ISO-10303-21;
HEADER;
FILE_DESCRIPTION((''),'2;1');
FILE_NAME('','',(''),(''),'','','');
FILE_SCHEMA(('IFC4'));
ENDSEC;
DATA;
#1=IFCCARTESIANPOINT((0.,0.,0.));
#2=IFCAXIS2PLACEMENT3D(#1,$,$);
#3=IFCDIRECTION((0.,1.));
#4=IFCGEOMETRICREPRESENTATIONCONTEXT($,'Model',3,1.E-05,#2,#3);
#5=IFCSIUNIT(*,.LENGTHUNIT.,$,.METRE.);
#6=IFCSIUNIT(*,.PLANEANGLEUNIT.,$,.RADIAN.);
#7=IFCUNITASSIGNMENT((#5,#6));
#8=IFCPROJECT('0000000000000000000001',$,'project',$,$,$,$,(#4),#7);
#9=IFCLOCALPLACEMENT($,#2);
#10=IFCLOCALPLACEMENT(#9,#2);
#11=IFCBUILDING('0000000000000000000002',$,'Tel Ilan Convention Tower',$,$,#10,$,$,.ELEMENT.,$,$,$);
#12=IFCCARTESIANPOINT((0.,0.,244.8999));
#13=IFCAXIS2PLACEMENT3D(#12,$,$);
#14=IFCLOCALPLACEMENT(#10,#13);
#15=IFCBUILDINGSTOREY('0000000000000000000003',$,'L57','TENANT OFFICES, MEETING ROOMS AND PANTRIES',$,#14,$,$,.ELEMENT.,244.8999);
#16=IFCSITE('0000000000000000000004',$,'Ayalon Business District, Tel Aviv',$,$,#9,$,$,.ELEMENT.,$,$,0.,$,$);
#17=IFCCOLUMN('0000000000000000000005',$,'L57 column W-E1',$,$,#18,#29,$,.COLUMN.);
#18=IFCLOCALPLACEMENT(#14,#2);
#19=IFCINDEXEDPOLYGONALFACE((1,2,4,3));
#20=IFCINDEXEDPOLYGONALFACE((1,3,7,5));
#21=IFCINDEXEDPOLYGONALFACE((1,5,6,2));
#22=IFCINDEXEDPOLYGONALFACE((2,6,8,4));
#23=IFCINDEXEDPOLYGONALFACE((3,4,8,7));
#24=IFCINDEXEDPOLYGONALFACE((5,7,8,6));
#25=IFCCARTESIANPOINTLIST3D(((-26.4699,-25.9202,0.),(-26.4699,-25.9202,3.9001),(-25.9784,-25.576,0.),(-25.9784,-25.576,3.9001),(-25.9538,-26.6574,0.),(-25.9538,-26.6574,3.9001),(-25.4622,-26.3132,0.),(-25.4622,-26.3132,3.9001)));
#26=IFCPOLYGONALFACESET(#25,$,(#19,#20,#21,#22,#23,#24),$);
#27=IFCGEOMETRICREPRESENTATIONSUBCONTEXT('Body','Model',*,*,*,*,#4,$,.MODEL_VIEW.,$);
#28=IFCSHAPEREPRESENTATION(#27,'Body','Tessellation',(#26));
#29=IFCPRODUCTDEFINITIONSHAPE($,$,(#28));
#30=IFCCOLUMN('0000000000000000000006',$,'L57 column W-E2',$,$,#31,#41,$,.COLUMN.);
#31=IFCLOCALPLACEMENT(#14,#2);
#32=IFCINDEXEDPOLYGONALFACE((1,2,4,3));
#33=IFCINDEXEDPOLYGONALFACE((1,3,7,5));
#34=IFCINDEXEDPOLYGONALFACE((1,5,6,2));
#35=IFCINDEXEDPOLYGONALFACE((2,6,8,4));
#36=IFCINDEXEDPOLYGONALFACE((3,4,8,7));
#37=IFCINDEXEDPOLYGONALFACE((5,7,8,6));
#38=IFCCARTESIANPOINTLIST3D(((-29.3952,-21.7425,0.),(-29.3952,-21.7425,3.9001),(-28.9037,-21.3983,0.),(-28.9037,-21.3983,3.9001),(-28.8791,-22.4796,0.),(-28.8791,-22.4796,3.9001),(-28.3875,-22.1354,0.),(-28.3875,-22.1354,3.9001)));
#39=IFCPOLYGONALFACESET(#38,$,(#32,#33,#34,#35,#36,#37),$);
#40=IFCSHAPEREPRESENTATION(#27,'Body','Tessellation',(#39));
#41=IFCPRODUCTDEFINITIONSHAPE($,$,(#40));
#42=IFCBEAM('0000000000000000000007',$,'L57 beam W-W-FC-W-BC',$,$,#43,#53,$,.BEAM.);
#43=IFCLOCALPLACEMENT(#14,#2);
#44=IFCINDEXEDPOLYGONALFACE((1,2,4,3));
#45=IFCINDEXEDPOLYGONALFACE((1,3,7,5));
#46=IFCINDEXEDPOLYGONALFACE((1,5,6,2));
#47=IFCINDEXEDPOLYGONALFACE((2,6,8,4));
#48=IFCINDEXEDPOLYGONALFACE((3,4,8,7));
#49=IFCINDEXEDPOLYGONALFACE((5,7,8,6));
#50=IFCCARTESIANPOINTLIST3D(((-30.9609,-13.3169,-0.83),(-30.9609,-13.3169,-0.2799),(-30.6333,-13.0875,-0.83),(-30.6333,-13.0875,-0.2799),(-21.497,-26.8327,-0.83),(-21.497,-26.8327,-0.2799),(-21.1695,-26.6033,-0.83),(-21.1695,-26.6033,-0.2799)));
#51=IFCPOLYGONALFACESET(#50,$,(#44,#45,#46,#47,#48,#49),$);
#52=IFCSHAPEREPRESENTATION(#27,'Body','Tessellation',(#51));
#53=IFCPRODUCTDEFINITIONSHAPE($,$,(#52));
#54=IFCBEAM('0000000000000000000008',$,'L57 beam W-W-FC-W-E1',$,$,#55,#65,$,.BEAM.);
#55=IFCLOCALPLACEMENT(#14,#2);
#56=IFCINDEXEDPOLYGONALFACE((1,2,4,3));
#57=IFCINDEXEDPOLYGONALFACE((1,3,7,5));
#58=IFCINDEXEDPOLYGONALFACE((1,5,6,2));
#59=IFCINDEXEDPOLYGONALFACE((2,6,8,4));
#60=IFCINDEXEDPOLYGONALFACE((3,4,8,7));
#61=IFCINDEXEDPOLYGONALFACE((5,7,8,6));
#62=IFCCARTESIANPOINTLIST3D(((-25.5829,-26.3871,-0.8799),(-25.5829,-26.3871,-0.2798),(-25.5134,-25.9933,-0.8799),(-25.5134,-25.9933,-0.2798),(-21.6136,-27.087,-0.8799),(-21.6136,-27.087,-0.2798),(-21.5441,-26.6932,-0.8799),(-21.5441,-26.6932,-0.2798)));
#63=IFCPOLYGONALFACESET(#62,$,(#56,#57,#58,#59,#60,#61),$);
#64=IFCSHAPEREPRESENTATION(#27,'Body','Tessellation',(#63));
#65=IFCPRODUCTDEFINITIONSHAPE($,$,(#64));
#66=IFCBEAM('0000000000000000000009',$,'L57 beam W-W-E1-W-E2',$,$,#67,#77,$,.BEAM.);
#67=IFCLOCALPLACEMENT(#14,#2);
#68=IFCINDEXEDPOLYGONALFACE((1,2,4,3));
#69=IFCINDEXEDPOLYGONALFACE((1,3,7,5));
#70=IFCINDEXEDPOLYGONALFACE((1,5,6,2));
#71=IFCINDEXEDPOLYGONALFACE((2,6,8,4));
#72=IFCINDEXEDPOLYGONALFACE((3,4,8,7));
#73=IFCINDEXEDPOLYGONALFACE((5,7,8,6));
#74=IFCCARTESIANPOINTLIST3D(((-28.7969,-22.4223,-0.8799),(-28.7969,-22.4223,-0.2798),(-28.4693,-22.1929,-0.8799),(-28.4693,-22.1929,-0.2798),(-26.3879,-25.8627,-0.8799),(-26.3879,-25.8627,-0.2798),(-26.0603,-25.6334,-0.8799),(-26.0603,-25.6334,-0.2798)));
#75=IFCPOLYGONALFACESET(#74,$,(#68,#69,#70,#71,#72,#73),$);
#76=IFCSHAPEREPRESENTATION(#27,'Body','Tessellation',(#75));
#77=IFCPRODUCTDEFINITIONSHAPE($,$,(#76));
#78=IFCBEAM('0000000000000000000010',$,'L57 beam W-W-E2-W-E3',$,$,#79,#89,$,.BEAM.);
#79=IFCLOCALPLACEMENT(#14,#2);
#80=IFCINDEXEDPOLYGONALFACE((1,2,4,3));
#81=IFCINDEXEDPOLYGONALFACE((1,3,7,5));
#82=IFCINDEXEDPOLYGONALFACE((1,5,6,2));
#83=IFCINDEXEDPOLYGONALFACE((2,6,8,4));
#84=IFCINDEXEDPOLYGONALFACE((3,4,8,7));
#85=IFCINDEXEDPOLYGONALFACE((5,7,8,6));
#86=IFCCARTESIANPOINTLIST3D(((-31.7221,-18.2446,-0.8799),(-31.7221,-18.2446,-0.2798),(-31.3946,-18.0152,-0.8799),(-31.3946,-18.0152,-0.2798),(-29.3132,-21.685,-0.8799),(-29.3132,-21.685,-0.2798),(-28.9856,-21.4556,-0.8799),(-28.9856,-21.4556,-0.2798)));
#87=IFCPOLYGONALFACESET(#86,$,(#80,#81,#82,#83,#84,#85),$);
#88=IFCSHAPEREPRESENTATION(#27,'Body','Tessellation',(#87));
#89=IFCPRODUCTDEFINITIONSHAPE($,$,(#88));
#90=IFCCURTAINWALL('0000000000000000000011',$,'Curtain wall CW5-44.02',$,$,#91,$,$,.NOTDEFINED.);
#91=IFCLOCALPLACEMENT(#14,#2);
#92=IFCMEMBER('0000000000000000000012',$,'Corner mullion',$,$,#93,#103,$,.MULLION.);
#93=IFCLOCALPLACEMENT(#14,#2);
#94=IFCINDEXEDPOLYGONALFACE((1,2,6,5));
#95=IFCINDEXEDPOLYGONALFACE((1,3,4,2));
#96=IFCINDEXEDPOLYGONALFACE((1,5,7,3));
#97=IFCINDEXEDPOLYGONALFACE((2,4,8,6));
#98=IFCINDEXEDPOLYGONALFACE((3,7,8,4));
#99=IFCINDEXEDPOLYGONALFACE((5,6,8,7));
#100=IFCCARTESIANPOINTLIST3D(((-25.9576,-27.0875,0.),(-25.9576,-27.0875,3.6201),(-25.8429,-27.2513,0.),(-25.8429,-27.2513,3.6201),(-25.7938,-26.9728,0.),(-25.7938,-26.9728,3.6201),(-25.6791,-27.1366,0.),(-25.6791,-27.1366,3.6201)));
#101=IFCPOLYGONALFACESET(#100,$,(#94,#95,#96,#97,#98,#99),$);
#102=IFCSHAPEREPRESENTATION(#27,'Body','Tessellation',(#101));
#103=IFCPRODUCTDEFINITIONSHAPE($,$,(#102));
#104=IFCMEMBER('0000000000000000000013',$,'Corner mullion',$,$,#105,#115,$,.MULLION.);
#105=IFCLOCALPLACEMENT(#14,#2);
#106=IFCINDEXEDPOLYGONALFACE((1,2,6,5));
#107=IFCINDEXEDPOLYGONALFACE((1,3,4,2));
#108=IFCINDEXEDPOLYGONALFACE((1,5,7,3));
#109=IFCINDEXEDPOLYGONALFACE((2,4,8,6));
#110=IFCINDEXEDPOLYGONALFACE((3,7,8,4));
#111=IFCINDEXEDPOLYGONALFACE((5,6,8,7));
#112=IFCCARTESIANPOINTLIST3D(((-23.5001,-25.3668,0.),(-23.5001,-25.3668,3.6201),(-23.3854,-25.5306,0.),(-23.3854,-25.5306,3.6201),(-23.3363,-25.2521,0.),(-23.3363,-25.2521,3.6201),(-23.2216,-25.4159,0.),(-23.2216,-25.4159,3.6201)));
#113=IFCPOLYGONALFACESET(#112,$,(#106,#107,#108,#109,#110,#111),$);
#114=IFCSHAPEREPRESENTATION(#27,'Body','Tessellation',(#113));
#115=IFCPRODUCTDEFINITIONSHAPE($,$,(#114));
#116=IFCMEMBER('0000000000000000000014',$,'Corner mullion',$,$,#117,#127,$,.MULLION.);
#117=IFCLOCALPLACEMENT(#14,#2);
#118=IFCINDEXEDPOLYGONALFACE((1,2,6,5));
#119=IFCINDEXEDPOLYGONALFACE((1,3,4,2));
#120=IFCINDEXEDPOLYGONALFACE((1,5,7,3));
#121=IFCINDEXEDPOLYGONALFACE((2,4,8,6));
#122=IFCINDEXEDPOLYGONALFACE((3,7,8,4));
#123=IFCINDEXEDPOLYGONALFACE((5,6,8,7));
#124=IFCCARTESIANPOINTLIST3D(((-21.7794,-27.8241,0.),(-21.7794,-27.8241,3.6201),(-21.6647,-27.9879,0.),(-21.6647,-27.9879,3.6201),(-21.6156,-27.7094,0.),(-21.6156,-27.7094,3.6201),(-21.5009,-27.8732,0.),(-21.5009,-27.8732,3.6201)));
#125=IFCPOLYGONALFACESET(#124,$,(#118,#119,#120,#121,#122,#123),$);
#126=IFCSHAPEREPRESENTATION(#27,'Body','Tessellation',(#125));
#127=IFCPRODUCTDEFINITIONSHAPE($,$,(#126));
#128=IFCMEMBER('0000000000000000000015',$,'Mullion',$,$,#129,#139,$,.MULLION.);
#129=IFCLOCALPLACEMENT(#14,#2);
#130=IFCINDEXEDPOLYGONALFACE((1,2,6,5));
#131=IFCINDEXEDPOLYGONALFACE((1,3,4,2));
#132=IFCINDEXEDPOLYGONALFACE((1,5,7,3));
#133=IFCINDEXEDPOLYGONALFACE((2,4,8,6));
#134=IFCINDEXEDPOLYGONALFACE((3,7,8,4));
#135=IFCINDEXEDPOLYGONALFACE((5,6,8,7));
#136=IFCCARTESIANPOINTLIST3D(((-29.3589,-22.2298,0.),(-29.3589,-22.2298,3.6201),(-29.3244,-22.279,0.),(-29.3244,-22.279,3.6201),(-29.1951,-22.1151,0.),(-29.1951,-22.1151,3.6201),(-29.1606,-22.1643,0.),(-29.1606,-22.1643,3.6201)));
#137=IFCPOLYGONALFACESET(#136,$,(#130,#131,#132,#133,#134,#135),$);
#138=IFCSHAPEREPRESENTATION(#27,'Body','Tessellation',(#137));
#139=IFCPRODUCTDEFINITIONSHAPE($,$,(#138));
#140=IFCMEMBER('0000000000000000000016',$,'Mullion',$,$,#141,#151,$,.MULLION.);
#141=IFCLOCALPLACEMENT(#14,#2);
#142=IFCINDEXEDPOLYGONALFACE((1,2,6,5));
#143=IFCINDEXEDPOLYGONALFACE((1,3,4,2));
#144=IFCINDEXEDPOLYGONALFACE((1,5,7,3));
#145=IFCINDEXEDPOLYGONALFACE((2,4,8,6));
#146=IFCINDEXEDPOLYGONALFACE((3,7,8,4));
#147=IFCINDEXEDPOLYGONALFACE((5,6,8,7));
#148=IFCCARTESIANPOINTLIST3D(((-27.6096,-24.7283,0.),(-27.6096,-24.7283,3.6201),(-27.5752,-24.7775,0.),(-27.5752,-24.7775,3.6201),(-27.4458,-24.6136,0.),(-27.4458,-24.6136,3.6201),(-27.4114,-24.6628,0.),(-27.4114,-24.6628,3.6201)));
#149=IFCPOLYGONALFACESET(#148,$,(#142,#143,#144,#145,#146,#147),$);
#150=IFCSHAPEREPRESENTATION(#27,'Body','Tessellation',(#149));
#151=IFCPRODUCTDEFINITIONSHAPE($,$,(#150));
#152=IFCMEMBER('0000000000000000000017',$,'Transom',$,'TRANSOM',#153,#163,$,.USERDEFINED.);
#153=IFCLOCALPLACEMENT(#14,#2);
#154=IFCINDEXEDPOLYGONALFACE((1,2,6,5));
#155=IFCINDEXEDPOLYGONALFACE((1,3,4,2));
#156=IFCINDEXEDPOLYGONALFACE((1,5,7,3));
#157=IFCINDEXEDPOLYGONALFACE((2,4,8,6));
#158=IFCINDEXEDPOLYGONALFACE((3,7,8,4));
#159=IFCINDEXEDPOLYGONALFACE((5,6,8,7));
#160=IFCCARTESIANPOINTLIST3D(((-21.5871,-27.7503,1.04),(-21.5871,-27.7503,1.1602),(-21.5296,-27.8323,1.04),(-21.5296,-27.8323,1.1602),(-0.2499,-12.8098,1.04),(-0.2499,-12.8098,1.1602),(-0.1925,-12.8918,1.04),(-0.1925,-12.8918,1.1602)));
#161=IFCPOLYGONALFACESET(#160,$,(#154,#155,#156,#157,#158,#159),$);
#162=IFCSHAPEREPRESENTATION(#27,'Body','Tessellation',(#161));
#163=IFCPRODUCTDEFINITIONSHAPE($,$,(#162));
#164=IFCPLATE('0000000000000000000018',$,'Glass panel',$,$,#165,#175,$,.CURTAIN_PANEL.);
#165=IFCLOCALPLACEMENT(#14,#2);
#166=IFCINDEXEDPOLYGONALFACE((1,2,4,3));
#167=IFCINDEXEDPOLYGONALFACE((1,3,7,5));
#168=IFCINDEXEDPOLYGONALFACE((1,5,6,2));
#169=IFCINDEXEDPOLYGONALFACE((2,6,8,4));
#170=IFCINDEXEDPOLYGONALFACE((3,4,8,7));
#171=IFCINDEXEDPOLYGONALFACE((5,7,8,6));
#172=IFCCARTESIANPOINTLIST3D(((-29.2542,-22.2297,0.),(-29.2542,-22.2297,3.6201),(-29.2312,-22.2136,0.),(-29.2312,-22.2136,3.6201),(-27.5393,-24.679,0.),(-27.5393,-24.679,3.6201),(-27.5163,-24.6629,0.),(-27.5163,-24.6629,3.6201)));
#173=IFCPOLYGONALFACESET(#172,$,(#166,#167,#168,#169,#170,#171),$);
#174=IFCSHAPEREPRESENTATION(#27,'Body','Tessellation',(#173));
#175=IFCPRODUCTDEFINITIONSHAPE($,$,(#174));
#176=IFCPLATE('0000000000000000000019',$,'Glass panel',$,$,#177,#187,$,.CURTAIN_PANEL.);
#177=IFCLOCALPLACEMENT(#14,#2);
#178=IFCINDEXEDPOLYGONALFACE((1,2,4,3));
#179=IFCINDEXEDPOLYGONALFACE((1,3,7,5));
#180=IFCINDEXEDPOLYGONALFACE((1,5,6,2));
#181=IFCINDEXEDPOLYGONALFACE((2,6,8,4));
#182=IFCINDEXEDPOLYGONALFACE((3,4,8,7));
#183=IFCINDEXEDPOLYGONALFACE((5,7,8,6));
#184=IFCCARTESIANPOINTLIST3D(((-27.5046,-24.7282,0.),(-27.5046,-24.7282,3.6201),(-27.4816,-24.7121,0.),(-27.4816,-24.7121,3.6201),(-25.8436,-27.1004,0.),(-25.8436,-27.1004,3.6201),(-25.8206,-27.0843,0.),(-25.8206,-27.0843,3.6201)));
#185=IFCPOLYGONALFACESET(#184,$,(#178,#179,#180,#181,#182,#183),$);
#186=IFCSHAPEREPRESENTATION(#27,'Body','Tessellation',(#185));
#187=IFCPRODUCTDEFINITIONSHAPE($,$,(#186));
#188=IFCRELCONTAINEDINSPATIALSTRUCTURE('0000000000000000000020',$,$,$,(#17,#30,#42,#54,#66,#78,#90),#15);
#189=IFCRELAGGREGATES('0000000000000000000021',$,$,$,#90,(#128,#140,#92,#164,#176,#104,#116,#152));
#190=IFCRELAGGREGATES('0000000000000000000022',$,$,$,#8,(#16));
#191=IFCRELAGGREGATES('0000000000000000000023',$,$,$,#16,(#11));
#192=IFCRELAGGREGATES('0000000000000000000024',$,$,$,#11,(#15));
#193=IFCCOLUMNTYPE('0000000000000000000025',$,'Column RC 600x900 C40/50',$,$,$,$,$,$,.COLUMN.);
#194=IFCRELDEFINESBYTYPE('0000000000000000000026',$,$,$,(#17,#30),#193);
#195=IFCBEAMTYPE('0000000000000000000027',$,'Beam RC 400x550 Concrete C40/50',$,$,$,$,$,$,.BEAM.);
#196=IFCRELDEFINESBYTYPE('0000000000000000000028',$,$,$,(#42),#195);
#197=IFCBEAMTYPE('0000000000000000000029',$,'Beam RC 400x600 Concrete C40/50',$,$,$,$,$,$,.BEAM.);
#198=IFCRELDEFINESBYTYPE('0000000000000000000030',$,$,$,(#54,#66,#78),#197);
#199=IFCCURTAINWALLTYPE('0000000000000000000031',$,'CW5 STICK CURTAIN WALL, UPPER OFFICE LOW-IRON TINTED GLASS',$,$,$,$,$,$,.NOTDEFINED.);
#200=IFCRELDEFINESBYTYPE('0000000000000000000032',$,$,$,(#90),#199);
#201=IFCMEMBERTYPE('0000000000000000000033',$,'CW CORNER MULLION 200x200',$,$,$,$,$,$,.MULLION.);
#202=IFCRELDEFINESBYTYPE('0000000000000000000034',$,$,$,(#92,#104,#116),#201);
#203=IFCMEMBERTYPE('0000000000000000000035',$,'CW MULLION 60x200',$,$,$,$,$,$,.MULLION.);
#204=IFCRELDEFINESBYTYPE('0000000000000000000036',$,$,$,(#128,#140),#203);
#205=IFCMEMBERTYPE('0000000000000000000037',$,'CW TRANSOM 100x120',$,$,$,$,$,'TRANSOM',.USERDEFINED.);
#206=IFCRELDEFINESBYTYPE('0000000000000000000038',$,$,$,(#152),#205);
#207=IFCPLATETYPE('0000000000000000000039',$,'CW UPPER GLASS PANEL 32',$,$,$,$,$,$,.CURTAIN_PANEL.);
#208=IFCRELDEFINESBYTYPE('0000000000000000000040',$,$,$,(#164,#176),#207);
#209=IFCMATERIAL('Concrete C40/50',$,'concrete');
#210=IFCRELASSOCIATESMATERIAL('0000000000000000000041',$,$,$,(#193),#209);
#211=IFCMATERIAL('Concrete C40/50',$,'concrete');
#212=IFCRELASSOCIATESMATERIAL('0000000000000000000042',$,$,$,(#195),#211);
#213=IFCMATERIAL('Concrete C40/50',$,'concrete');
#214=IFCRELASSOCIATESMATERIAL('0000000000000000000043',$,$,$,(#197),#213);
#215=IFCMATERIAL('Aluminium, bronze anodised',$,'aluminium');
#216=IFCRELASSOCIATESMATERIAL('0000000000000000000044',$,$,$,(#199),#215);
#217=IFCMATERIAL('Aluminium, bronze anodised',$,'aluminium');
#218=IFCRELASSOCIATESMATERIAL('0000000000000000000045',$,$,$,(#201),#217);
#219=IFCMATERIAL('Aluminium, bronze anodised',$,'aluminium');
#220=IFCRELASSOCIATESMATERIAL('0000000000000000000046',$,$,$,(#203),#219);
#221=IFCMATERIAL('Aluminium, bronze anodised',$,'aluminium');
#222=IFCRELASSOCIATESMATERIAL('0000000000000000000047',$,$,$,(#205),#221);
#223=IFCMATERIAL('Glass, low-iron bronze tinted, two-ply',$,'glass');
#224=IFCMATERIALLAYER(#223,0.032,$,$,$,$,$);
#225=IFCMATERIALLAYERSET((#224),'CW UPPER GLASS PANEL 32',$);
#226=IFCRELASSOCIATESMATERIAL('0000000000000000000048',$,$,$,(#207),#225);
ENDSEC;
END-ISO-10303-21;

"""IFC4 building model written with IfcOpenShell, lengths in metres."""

from ifc_helpers import new_model, si_unit, direction, frame, origin, origin_2d, place, context, subcontext, project, spatial, rectangle, extrude, material, layer, layer_set, material_profile, profile_set, type_object, element, aggregate, save


model = new_model("IFC4")

# Units and contexts
model_context = context("Model", 3, precision=1e-05, world=origin(), true_north=direction((0.0, 1.0)))
body_context = subcontext(model_context, "Body", "Model", "MODEL_VIEW")
ifc_project = project(units=[si_unit("LENGTHUNIT", "METRE"), si_unit("PLANEANGLEUNIT", "RADIAN")], contexts=[model_context])

# Site, building, storey
site_placement = place(None, origin())
site = spatial("IfcSite", under=ifc_project, at=site_placement, Name="Ayalon Business District, Tel Aviv", CompositionType="ELEMENT", RefElevation=0.0)
building_placement = place(site_placement, origin())
building = spatial("IfcBuilding", under=site, at=building_placement, Name="Tel Ilan Convention Tower", CompositionType="ELEMENT")
storey_placement = place(building_placement, frame((0.0, 0.0, 244.8999)))
storey = spatial("IfcBuildingStorey", under=building, at=storey_placement, Name="L57", Description="TENANT OFFICES, MEETING ROOMS AND PANTRIES", CompositionType="ELEMENT", Elevation=244.8999)

# Columns
ifc_material_1 = material(Name="Concrete C40/50", Category="concrete")
ifc_material_profile_1 = material_profile(ifc_material_1, rectangle(XDim=0.8999, YDim=0.6001, at=origin_2d()), Name="RC 600x900")
ifc_profile_set_1 = profile_set([ifc_material_profile_1], Name="Concrete C40/50")
column_type = type_object("IfcColumnType", Name="Column RC 600x900 C40/50", PredefinedType="COLUMN", material=ifc_profile_set_1)
for number, where, z_axis, x_axis, name in (
    (1, (-25.9661, -26.1167, 0.0), (0.0, 0.0, 1.0), (-0.573576, 0.819152, 0.0), "L57 column W-E1"),
    (2, (-28.8914, -21.939, 0.0), (0.0, 0.0, 1.0), (-0.573576, 0.819152, 0.0), "L57 column W-E2"),
):
    element("IfcColumn", number, at=place(storey_placement, frame(where, z_axis=z_axis, x_axis=x_axis)), inside=storey, type_object=column_type, Name=name, PredefinedType="COLUMN", context=body_context, shape_type="SweptSolid", body=[
        extrude(rectangle(XDim=0.8999, YDim=0.6001, at=origin_2d()), origin(), (0.0, 0.0, 1.0), 3.9001),
    ])

# Beams
ifc_material_2 = material(Name="Concrete C40/50", Category="concrete")
ifc_material_profile_2 = material_profile(ifc_material_2, rectangle(XDim=0.3999, YDim=0.55, at=origin_2d()), Name="RC 400x550")
ifc_profile_set_2 = profile_set([ifc_material_profile_2], Name="Concrete C40/50")
beam_type_1 = type_object("IfcBeamType", Name="Beam RC 400x550 Concrete C40/50", PredefinedType="BEAM", material=ifc_profile_set_2)
beam_1_placement = place(storey_placement, frame((-21.3333, -26.718, -0.5549), z_axis=(-0.573575, 0.819153, 0.0), x_axis=(-0.819153, -0.573575, 0.0)))
element("IfcBeam", 3, at=beam_1_placement, inside=storey, type_object=beam_type_1, Name="L57 beam W-W-FC-W-BC", PredefinedType="BEAM", context=body_context, shape_type="SweptSolid", body=[
    extrude(rectangle(XDim=0.3999, YDim=0.55, at=origin_2d()), origin(), (0.0, 0.0, 1.0), 16.4998),
])
ifc_material_3 = material(Name="Concrete C40/50", Category="concrete")
ifc_material_profile_3 = material_profile(ifc_material_3, rectangle(XDim=0.3999, YDim=0.6001, at=origin_2d()), Name="RC 400x600")
ifc_profile_set_3 = profile_set([ifc_material_profile_3], Name="Concrete C40/50")
beam_type_2 = type_object("IfcBeamType", Name="Beam RC 400x600 Concrete C40/50", PredefinedType="BEAM", material=ifc_profile_set_3)
beam_2_placement = place(storey_placement, frame((-21.5789, -26.8901, -0.5798), z_axis=(-0.984805, 0.173664, 0.0), x_axis=(-0.173664, -0.984805, 0.0)))
element("IfcBeam", 4, at=beam_2_placement, inside=storey, type_object=beam_type_2, Name="L57 beam W-W-FC-W-E1", PredefinedType="BEAM", context=body_context, shape_type="SweptSolid", body=[
    extrude(rectangle(XDim=0.3999, YDim=0.6001, at=origin_2d()), origin(), (0.0, 0.0, 1.0), 4.0305),
])
for number, where, z_axis, x_axis, name in (
    (5, (-26.2241, -25.748, -0.5798), (-0.573564, 0.819161, 0.0), (-0.819161, -0.573564, 0.0), "L57 beam W-W-E1-W-E2"),
    (6, (-29.1494, -21.5703, -0.5798), (-0.573564, 0.819161, 0.0), (-0.819161, -0.573564, 0.0), "L57 beam W-W-E2-W-E3"),
):
    element("IfcBeam", number, at=place(storey_placement, frame(where, z_axis=z_axis, x_axis=x_axis)), inside=storey, type_object=beam_type_2, Name=name, PredefinedType="BEAM", context=body_context, shape_type="SweptSolid", body=[
        extrude(rectangle(XDim=0.3999, YDim=0.6001, at=origin_2d()), origin(), (0.0, 0.0, 1.0), 4.2),
    ])

# Curtain wall, members, plates
ifc_material_4 = material(Name="Aluminium, bronze anodised", Category="aluminium")
curtain_wall_type = type_object("IfcCurtainWallType", Name="CW5 STICK CURTAIN WALL, UPPER OFFICE LOW-IRON TINTED GLASS", PredefinedType="NOTDEFINED", material=ifc_material_4)
curtain_wall_placement = place(storey_placement, origin())
curtain_wall = element("IfcCurtainWall", 7, at=curtain_wall_placement, inside=storey, type_object=curtain_wall_type, Name="Curtain wall CW5-44.02", PredefinedType="NOTDEFINED")
ifc_material_5 = material(Name="Aluminium, bronze anodised", Category="aluminium")
ifc_material_profile_4 = material_profile(ifc_material_5, rectangle(XDim=0.2, YDim=0.2, at=origin_2d()), Name="CW CORNER MULLION 200x200")
ifc_profile_set_4 = profile_set([ifc_material_profile_4], Name="Aluminium, bronze anodised")
member_type_1 = type_object("IfcMemberType", Name="CW CORNER MULLION 200x200", PredefinedType="MULLION", material=ifc_profile_set_4)
member_1_placement = place(storey_placement, frame((-25.8184, -27.1121, 0.0), z_axis=(0.0, 0.0, 1.0), x_axis=(0.573576, -0.819152, 0.0)))
member_1 = element("IfcMember", 8, at=member_1_placement, type_object=member_type_1, Name="Corner mullion", PredefinedType="MULLION", context=body_context, shape_type="SweptSolid", body=[
    extrude(rectangle(XDim=0.2, YDim=0.2, at=origin_2d()), origin(), (0.0, 0.0, 1.0), 3.6201),
])
member_2_placement = place(storey_placement, frame((-23.3608, -25.3914, 0.0), z_axis=(0.0, 0.0, 1.0), x_axis=(0.819152, 0.573576, 0.0)))
member_2 = element("IfcMember", 9, at=member_2_placement, type_object=member_type_1, Name="Corner mullion", PredefinedType="MULLION", context=body_context, shape_type="SweptSolid", body=[
    extrude(rectangle(XDim=0.2, YDim=0.2, at=origin_2d()), origin(), (0.0, 0.0, 1.0), 3.6201),
])
member_3_placement = place(storey_placement, frame((-21.6401, -27.8486, 0.0), z_axis=(0.0, 0.0, 1.0), x_axis=(0.573576, -0.819152, 0.0)))
member_3 = element("IfcMember", 10, at=member_3_placement, type_object=member_type_1, Name="Corner mullion", PredefinedType="MULLION", context=body_context, shape_type="SweptSolid", body=[
    extrude(rectangle(XDim=0.2, YDim=0.2, at=origin_2d()), origin(), (0.0, 0.0, 1.0), 3.6201),
])
ifc_material_6 = material(Name="Aluminium, bronze anodised", Category="aluminium")
ifc_material_profile_5 = material_profile(ifc_material_6, rectangle(XDim=0.0601, YDim=0.2, at=origin_2d()), Name="CW MULLION 60x200")
ifc_profile_set_5 = profile_set([ifc_material_profile_5], Name="Aluminium, bronze anodised")
member_type_2 = type_object("IfcMemberType", Name="CW MULLION 60x200", PredefinedType="MULLION", material=ifc_profile_set_5)
member_4_placement = place(storey_placement, frame((-29.2598, -22.197, 0.0), z_axis=(0.0, 0.0, 1.0), x_axis=(0.573576, -0.819152, 0.0)))
member_4 = element("IfcMember", 11, at=member_4_placement, type_object=member_type_2, Name="Mullion", PredefinedType="MULLION", context=body_context, shape_type="SweptSolid", body=[
    extrude(rectangle(XDim=0.0601, YDim=0.2, at=origin_2d()), origin(), (0.0, 0.0, 1.0), 3.6201),
])
member_5_placement = place(storey_placement, frame((-27.5105, -24.6956, 0.0), z_axis=(0.0, 0.0, 1.0), x_axis=(0.573576, -0.819152, 0.0)))
member_5 = element("IfcMember", 12, at=member_5_placement, type_object=member_type_2, Name="Mullion", PredefinedType="MULLION", context=body_context, shape_type="SweptSolid", body=[
    extrude(rectangle(XDim=0.0601, YDim=0.2, at=origin_2d()), origin(), (0.0, 0.0, 1.0), 3.6201),
])
ifc_material_7 = material(Name="Aluminium, bronze anodised", Category="aluminium")
ifc_material_profile_6 = material_profile(ifc_material_7, rectangle(XDim=0.1001, YDim=0.1201, at=origin_2d()), Name="CW TRANSOM 100x120")
ifc_profile_set_6 = profile_set([ifc_material_profile_6], Name="Aluminium, bronze anodised")
member_type_3 = type_object("IfcMemberType", Name="CW TRANSOM 100x120", ElementType="TRANSOM", PredefinedType="USERDEFINED", material=ifc_profile_set_6)
member_6_placement = place(storey_placement, frame((-21.5583, -27.7913, 1.1001), z_axis=(0.819152, 0.573576, 0.0), x_axis=(-0.573576, 0.819152, 0.0)))
member_6 = element("IfcMember", 13, at=member_6_placement, type_object=member_type_3, Name="Transom", ObjectType="TRANSOM", PredefinedType="USERDEFINED", context=body_context, shape_type="SweptSolid", body=[
    extrude(rectangle(XDim=0.1001, YDim=0.1201, at=origin_2d()), origin(), (0.0, 0.0, 1.0), 26.0479),
])
ifc_material_8 = material(Name="Glass, low-iron bronze tinted, two-ply", Category="glass")
ifc_layer_1 = layer(ifc_material_8, 0.032)
ifc_layer_set_1 = layer_set([ifc_layer_1], Name="CW UPPER GLASS PANEL 32")
plate_type = type_object("IfcPlateType", Name="CW UPPER GLASS PANEL 32", PredefinedType="CURTAIN_PANEL", material=ifc_layer_set_1)
plate_1_placement = place(storey_placement, frame((-28.3853, -23.4463, 0.0), z_axis=(0.0, 0.0, 1.0), x_axis=(0.573576, -0.819152, 0.0)))
plate_1 = element("IfcPlate", 14, at=plate_1_placement, type_object=plate_type, Name="Glass panel", PredefinedType="CURTAIN_PANEL", context=body_context, shape_type="SweptSolid", body=[
    extrude(rectangle(XDim=2.99, YDim=0.0281, at=origin_2d()), origin(), (0.0, 0.0, 1.0), 3.6201),
])
plate_2_placement = place(storey_placement, frame((-26.6626, -25.9062, 0.0), z_axis=(0.0, 0.0, 1.0), x_axis=(0.573576, -0.819152, 0.0)))
plate_2 = element("IfcPlate", 15, at=plate_2_placement, type_object=plate_type, Name="Glass panel", PredefinedType="CURTAIN_PANEL", context=body_context, shape_type="SweptSolid", body=[
    extrude(rectangle(XDim=2.896, YDim=0.0281, at=origin_2d()), origin(), (0.0, 0.0, 1.0), 3.6201),
])
aggregate(curtain_wall, [member_4, member_5, member_1, plate_1, plate_2, member_2, member_3, member_6])

save(model, "model.ifc")
